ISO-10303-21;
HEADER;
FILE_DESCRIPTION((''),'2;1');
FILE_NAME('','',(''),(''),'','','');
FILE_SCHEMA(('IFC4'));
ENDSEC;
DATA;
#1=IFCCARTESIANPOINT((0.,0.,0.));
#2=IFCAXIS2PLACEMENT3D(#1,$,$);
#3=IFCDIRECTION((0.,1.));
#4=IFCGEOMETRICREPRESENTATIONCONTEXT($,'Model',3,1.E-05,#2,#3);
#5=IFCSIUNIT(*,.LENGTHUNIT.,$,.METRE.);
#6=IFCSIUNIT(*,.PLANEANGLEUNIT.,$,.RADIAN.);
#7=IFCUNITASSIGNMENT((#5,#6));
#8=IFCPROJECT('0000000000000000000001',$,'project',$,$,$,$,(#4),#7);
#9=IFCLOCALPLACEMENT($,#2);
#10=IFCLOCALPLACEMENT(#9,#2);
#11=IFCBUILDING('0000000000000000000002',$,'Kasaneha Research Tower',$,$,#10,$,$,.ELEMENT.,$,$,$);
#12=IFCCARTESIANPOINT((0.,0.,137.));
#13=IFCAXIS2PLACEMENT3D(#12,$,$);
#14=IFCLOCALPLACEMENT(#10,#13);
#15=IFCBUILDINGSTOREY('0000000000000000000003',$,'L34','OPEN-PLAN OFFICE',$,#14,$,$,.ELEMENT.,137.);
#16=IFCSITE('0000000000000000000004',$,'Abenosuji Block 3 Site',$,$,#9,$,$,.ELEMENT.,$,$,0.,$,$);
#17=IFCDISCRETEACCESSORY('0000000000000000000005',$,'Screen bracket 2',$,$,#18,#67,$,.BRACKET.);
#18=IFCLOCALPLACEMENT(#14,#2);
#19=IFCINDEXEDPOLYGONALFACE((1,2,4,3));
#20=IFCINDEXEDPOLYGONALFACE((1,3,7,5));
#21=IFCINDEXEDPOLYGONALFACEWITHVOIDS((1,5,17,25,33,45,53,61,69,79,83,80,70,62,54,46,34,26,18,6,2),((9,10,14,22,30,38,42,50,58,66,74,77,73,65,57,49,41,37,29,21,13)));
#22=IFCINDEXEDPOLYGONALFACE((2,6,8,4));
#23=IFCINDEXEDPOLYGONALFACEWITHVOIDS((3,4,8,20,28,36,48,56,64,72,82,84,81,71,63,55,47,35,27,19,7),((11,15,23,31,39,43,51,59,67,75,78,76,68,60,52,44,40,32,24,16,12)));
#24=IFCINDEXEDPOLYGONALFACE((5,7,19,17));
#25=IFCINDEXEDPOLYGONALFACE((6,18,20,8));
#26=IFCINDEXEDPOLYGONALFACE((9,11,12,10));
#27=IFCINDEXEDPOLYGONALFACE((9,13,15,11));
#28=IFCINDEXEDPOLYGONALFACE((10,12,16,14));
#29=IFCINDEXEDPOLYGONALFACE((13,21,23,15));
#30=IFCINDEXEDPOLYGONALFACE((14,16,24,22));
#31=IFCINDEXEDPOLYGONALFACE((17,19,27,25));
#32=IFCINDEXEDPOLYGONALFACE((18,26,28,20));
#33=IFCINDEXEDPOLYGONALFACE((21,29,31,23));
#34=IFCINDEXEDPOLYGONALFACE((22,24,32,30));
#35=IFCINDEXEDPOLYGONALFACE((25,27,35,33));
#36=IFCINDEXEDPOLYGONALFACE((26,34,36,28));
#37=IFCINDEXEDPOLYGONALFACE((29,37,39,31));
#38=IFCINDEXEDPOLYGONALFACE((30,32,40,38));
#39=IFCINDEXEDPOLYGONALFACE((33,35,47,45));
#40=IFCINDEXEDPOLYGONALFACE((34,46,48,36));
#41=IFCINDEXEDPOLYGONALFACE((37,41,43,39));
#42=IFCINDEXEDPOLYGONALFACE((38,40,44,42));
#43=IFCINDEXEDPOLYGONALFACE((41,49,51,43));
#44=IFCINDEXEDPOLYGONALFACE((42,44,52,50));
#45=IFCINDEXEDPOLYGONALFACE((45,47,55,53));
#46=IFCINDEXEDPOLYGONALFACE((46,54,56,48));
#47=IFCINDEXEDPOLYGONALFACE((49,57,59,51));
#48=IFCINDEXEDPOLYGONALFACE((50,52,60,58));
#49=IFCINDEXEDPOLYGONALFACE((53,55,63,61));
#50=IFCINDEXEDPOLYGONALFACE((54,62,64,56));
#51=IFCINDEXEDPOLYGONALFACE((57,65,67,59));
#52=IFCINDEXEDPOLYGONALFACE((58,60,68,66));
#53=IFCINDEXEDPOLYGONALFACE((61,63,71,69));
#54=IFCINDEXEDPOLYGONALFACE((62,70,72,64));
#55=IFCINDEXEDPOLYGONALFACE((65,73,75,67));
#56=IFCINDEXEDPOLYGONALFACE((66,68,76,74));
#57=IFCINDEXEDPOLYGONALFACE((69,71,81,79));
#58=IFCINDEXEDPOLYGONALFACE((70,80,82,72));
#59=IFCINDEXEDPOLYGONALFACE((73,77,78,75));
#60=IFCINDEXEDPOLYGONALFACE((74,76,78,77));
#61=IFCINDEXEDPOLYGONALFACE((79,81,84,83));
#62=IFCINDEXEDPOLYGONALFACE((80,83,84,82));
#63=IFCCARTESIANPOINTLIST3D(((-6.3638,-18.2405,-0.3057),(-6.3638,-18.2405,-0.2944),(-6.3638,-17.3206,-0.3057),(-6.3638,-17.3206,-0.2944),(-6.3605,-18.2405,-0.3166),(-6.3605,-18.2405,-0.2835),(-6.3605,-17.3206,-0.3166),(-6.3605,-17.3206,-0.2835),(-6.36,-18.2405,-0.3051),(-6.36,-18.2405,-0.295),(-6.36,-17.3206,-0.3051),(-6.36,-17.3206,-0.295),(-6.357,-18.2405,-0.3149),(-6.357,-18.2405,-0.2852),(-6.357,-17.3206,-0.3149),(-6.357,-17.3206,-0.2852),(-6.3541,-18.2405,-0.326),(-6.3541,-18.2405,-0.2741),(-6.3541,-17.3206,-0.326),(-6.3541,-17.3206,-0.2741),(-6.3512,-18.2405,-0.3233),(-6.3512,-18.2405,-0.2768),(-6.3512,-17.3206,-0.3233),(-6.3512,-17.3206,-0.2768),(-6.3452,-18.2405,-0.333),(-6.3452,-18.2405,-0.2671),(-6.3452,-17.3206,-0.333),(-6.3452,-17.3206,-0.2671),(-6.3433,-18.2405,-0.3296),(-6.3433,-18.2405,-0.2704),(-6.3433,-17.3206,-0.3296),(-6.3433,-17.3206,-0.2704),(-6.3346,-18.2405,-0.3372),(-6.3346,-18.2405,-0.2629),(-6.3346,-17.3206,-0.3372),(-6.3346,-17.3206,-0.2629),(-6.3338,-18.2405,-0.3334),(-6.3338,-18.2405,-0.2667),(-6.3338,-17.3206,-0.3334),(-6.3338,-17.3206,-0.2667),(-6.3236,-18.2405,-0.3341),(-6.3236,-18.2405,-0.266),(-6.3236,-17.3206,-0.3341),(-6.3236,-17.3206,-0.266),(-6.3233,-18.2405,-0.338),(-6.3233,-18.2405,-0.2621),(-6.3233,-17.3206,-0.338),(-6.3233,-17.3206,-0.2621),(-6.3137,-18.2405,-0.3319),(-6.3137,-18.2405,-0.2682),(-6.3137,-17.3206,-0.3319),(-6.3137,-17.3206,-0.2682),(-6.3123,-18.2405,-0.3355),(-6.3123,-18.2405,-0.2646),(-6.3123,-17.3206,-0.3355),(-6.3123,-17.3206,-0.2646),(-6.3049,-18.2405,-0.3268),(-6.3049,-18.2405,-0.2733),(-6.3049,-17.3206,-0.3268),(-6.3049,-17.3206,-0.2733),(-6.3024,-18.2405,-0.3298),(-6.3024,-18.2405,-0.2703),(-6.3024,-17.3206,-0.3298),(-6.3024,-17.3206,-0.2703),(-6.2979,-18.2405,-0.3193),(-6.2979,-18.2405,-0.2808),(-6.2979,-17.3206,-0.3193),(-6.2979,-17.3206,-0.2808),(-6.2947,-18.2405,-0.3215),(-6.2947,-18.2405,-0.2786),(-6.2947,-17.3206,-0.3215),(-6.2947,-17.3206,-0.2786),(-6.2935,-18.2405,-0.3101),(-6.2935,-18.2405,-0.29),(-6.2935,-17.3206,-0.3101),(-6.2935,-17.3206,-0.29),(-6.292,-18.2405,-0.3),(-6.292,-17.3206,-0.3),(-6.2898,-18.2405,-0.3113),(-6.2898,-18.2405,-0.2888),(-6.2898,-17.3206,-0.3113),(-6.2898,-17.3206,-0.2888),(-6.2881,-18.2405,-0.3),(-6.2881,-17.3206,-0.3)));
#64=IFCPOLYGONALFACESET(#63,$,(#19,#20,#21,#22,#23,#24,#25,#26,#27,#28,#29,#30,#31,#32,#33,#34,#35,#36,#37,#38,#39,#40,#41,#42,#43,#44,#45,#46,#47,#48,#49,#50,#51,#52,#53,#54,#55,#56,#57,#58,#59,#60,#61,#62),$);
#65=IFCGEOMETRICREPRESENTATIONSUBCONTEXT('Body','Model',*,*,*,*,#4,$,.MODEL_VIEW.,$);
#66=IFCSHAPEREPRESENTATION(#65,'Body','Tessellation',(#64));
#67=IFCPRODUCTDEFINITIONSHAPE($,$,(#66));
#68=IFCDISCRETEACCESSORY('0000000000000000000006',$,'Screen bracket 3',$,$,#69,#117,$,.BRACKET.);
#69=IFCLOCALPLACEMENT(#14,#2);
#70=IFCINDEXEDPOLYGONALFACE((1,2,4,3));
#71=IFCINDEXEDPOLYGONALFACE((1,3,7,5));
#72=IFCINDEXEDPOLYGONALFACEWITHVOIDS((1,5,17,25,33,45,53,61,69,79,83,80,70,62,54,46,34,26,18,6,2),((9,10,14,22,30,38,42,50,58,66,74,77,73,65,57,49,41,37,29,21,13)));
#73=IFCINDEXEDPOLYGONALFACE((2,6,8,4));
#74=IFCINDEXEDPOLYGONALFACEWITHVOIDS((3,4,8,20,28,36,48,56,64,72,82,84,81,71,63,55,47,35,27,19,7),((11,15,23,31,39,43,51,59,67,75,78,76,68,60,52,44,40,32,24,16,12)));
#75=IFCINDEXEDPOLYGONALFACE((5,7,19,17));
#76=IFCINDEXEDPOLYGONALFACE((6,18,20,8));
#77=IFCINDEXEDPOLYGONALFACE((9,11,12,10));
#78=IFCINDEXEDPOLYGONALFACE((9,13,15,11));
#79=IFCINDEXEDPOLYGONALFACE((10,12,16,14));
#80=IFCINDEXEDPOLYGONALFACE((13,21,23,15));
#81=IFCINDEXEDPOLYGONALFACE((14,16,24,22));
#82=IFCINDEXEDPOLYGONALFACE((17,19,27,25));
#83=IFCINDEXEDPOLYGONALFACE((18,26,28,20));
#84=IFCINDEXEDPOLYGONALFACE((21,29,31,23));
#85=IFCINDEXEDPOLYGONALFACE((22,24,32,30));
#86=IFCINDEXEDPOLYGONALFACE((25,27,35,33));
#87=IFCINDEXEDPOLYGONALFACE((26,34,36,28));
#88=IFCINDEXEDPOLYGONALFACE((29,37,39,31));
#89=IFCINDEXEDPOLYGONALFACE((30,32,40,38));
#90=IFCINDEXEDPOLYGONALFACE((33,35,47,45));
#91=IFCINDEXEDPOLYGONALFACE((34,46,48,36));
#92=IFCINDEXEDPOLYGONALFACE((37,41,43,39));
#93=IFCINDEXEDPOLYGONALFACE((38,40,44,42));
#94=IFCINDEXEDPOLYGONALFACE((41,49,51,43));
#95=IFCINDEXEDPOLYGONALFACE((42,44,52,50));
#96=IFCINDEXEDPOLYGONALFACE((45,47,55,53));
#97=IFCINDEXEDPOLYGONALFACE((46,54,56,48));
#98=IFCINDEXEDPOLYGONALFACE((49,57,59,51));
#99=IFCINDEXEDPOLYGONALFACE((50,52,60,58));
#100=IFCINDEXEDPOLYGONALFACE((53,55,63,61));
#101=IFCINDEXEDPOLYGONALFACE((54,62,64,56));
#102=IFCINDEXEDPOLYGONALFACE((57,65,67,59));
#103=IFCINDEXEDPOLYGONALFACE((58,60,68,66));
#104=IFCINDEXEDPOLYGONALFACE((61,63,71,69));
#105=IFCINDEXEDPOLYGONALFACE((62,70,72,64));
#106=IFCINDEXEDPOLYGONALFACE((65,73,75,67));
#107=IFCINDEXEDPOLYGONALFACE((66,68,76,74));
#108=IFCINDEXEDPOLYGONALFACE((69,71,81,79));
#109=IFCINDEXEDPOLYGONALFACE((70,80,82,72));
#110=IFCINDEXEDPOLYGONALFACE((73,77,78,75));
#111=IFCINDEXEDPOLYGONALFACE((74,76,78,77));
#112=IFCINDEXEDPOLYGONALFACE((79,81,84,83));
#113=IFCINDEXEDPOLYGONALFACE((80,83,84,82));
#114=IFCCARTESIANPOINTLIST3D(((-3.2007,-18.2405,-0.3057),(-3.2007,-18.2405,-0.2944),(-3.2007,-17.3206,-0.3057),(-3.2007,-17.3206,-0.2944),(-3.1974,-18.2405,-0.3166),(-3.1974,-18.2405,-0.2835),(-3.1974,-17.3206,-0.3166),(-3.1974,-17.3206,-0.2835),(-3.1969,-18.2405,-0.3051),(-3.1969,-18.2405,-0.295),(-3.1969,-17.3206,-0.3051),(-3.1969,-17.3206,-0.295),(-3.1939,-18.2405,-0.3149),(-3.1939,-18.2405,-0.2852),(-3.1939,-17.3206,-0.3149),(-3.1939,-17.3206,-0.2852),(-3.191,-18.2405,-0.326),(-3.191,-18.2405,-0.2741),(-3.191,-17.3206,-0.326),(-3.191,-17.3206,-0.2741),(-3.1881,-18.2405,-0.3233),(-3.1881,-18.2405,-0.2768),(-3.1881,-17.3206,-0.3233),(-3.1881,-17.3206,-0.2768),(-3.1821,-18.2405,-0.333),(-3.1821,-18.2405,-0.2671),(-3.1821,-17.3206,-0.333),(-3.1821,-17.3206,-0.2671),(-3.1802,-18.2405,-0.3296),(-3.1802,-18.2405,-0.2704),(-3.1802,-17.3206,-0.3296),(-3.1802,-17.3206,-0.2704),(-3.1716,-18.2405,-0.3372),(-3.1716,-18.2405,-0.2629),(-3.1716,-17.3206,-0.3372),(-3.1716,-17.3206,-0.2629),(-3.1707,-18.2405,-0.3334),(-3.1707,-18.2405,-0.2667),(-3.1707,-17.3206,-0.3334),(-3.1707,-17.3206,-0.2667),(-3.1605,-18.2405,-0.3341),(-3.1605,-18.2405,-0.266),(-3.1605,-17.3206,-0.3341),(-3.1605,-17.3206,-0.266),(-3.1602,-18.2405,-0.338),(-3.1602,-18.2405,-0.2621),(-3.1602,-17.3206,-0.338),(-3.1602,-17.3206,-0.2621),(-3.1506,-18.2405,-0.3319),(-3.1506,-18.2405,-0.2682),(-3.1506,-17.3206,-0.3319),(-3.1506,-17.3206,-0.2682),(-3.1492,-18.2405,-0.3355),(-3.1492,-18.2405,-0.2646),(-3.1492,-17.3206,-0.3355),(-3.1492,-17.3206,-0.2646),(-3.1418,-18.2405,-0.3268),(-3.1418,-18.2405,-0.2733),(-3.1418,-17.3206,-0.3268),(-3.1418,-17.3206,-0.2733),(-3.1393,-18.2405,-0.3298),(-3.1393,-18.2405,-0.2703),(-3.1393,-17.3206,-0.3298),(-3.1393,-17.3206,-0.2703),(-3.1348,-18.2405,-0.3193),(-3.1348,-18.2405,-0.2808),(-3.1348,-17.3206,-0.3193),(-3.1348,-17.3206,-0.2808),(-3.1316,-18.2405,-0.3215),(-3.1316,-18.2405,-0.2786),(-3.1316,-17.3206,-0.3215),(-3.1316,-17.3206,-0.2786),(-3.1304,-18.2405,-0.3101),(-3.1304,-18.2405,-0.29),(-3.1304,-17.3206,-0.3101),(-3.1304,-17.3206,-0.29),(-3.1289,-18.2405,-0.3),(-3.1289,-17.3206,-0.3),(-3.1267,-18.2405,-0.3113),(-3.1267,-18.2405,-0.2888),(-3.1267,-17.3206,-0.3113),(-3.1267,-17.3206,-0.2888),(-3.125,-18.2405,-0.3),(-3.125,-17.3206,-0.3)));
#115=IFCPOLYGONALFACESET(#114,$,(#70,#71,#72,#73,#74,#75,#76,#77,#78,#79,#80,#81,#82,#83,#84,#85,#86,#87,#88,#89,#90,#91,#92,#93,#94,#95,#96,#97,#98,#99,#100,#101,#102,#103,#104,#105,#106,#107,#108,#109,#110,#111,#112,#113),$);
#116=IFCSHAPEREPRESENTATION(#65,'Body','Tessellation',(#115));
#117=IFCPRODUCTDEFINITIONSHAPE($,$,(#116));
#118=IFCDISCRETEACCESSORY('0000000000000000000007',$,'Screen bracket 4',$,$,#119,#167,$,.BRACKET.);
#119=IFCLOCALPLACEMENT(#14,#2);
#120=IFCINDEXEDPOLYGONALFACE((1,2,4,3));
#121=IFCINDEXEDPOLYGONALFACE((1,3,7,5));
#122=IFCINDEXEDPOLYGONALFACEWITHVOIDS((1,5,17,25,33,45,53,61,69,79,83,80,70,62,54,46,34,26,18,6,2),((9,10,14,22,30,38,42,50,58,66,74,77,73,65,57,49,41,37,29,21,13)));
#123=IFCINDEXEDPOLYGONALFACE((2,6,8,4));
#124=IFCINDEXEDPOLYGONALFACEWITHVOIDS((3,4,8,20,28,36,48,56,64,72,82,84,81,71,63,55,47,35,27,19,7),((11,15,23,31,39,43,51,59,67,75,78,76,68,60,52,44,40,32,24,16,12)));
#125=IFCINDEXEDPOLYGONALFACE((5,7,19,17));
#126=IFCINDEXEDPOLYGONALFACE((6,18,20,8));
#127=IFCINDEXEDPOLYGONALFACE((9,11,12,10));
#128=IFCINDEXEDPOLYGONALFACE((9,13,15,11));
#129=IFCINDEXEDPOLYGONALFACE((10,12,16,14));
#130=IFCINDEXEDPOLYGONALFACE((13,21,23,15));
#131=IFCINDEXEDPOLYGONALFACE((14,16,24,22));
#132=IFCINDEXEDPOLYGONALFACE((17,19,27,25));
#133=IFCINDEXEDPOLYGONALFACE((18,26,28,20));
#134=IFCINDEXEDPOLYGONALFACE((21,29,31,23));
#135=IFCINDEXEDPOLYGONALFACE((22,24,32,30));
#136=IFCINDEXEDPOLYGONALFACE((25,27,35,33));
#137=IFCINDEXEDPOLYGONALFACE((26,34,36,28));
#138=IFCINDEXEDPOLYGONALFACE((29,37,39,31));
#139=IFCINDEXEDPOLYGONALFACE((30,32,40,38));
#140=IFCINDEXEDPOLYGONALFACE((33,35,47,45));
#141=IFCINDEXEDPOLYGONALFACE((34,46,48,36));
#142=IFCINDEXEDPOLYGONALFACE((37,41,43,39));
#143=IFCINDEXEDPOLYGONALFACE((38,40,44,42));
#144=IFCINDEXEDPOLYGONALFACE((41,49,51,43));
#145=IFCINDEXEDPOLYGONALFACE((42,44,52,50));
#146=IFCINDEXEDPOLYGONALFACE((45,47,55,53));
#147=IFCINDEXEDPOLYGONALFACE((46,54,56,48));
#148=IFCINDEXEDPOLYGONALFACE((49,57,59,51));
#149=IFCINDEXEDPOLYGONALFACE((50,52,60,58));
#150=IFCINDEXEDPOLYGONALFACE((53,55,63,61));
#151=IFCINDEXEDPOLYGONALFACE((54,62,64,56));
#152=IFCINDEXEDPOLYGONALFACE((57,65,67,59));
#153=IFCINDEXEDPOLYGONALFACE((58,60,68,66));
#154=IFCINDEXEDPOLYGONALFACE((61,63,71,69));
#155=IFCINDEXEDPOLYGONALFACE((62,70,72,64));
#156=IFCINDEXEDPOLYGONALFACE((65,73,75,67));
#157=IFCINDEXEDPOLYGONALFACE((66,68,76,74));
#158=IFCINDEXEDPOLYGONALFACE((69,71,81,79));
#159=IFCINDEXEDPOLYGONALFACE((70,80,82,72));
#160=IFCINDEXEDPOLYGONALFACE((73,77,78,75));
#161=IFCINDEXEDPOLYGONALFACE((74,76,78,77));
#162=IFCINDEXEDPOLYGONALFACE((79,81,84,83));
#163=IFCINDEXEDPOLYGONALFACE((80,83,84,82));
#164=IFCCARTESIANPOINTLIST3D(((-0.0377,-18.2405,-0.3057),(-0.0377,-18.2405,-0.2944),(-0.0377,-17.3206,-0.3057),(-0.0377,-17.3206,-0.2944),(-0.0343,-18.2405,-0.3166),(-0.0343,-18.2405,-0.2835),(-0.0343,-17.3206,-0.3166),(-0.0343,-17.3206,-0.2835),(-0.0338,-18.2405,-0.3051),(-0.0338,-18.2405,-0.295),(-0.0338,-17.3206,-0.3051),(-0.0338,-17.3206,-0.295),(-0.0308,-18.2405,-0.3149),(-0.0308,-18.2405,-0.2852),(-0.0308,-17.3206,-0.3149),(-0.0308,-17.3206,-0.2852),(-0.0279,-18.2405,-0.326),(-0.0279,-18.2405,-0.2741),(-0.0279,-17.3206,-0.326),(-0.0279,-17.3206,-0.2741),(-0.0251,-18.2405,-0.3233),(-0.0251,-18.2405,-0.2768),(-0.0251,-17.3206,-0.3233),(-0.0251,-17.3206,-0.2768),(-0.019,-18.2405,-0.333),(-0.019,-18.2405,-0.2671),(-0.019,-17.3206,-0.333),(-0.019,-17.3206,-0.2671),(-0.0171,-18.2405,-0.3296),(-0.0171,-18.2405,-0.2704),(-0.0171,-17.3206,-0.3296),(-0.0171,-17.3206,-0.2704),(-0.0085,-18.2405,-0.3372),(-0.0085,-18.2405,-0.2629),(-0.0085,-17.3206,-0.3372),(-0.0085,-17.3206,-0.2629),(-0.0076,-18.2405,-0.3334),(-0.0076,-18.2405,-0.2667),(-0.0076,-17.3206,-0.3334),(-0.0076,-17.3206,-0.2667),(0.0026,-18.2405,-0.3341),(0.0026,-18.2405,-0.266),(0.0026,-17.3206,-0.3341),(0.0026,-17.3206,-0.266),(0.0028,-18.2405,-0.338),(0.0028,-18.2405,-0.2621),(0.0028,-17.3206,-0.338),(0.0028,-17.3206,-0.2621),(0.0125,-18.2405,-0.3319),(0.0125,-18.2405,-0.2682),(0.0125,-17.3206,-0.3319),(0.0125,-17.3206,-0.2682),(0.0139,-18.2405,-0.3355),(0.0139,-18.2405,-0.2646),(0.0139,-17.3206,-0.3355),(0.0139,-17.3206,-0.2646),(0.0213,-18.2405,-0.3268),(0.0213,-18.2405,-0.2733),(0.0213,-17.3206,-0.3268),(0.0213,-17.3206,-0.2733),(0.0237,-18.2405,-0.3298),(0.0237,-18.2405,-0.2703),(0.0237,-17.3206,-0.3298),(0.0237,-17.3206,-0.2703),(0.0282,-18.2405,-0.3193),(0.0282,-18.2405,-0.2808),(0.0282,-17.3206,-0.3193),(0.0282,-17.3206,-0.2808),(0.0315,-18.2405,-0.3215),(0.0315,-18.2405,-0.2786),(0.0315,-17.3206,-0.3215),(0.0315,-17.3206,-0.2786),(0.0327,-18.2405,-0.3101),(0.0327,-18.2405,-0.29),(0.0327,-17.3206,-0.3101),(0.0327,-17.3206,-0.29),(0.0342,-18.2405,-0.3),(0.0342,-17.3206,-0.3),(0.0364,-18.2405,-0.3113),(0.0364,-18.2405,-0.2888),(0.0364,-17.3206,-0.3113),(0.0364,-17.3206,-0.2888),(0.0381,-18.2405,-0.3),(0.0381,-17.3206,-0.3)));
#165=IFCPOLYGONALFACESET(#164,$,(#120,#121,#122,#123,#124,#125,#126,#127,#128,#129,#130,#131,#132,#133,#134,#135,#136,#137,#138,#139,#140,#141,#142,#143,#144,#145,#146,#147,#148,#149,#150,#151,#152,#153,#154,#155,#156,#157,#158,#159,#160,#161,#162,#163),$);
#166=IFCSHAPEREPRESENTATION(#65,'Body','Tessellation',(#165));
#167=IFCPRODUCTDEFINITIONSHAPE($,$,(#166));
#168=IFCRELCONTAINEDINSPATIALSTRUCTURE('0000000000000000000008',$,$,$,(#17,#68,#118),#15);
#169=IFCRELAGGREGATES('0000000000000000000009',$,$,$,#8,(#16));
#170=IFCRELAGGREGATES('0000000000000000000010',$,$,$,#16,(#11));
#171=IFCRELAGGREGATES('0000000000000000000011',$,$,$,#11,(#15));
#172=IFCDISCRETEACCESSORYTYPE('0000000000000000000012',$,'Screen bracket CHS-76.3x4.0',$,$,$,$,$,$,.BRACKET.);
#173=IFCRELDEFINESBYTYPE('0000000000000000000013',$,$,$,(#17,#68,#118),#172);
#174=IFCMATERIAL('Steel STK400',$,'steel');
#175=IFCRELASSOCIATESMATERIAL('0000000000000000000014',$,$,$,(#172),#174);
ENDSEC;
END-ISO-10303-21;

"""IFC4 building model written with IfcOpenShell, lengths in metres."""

from ifc_helpers import new_model, si_unit, direction, frame, origin, origin_2d, place, context, subcontext, project, spatial, hollow_circle, extrude, material, material_profile, profile_set, type_object, element, save


model = new_model("IFC4")

# Units and contexts
model_context = context("Model", 3, precision=1e-05, world=origin(), true_north=direction((0.0, 1.0)))
body_context = subcontext(model_context, "Body", "Model", "MODEL_VIEW")
ifc_project = project(units=[si_unit("LENGTHUNIT", "METRE"), si_unit("PLANEANGLEUNIT", "RADIAN")], contexts=[model_context])

# Site, building, storey
site_placement = place(None, origin())
site = spatial("IfcSite", under=ifc_project, at=site_placement, Name="Abenosuji Block 3 Site", CompositionType="ELEMENT", RefElevation=0.0)
building_placement = place(site_placement, origin())
building = spatial("IfcBuilding", under=site, at=building_placement, Name="Kasaneha Research Tower", CompositionType="ELEMENT")
storey_placement = place(building_placement, frame((0.0, 0.0, 137.0)))
storey = spatial("IfcBuildingStorey", under=building, at=storey_placement, Name="L34", Description="OPEN-PLAN OFFICE", CompositionType="ELEMENT", Elevation=137.0)

# Discrete accessories
ifc_material_1 = material(Name="Steel STK400", Category="steel")
ifc_material_profile_1 = material_profile(ifc_material_1, hollow_circle(Radius=0.0381, WallThickness=0.0039, at=origin_2d()), Name="CHS-76.3x4.0")
ifc_profile_set_1 = profile_set([ifc_material_profile_1], Name="Steel STK400")
discrete_accessory_type = type_object("IfcDiscreteAccessoryType", Name="Screen bracket CHS-76.3x4.0", PredefinedType="BRACKET", material=ifc_profile_set_1)
for number, where, z_axis, x_axis, name in (
    (1, (-6.3262, -17.3206, -0.3), (0.0, -1.0, 0.0), (1.0, 0.0, 0.0), "Screen bracket 2"),
    (2, (-3.1631, -17.3206, -0.3), (0.0, -1.0, 0.0), (1.0, 0.0, 0.0), "Screen bracket 3"),
    (3, (0.0, -17.3206, -0.3), (0.0, -1.0, 0.0), (1.0, 0.0, 0.0), "Screen bracket 4"),
):
    element("IfcDiscreteAccessory", number, at=place(storey_placement, frame(where, z_axis=z_axis, x_axis=x_axis)), inside=storey, type_object=discrete_accessory_type, Name=name, PredefinedType="BRACKET", context=body_context, shape_type="SweptSolid", body=[
        extrude(hollow_circle(Radius=0.0381, WallThickness=0.0039, at=origin_2d()), origin(), (0.0, 0.0, 1.0), 0.9199),
    ])

save(model, "model.ifc")
